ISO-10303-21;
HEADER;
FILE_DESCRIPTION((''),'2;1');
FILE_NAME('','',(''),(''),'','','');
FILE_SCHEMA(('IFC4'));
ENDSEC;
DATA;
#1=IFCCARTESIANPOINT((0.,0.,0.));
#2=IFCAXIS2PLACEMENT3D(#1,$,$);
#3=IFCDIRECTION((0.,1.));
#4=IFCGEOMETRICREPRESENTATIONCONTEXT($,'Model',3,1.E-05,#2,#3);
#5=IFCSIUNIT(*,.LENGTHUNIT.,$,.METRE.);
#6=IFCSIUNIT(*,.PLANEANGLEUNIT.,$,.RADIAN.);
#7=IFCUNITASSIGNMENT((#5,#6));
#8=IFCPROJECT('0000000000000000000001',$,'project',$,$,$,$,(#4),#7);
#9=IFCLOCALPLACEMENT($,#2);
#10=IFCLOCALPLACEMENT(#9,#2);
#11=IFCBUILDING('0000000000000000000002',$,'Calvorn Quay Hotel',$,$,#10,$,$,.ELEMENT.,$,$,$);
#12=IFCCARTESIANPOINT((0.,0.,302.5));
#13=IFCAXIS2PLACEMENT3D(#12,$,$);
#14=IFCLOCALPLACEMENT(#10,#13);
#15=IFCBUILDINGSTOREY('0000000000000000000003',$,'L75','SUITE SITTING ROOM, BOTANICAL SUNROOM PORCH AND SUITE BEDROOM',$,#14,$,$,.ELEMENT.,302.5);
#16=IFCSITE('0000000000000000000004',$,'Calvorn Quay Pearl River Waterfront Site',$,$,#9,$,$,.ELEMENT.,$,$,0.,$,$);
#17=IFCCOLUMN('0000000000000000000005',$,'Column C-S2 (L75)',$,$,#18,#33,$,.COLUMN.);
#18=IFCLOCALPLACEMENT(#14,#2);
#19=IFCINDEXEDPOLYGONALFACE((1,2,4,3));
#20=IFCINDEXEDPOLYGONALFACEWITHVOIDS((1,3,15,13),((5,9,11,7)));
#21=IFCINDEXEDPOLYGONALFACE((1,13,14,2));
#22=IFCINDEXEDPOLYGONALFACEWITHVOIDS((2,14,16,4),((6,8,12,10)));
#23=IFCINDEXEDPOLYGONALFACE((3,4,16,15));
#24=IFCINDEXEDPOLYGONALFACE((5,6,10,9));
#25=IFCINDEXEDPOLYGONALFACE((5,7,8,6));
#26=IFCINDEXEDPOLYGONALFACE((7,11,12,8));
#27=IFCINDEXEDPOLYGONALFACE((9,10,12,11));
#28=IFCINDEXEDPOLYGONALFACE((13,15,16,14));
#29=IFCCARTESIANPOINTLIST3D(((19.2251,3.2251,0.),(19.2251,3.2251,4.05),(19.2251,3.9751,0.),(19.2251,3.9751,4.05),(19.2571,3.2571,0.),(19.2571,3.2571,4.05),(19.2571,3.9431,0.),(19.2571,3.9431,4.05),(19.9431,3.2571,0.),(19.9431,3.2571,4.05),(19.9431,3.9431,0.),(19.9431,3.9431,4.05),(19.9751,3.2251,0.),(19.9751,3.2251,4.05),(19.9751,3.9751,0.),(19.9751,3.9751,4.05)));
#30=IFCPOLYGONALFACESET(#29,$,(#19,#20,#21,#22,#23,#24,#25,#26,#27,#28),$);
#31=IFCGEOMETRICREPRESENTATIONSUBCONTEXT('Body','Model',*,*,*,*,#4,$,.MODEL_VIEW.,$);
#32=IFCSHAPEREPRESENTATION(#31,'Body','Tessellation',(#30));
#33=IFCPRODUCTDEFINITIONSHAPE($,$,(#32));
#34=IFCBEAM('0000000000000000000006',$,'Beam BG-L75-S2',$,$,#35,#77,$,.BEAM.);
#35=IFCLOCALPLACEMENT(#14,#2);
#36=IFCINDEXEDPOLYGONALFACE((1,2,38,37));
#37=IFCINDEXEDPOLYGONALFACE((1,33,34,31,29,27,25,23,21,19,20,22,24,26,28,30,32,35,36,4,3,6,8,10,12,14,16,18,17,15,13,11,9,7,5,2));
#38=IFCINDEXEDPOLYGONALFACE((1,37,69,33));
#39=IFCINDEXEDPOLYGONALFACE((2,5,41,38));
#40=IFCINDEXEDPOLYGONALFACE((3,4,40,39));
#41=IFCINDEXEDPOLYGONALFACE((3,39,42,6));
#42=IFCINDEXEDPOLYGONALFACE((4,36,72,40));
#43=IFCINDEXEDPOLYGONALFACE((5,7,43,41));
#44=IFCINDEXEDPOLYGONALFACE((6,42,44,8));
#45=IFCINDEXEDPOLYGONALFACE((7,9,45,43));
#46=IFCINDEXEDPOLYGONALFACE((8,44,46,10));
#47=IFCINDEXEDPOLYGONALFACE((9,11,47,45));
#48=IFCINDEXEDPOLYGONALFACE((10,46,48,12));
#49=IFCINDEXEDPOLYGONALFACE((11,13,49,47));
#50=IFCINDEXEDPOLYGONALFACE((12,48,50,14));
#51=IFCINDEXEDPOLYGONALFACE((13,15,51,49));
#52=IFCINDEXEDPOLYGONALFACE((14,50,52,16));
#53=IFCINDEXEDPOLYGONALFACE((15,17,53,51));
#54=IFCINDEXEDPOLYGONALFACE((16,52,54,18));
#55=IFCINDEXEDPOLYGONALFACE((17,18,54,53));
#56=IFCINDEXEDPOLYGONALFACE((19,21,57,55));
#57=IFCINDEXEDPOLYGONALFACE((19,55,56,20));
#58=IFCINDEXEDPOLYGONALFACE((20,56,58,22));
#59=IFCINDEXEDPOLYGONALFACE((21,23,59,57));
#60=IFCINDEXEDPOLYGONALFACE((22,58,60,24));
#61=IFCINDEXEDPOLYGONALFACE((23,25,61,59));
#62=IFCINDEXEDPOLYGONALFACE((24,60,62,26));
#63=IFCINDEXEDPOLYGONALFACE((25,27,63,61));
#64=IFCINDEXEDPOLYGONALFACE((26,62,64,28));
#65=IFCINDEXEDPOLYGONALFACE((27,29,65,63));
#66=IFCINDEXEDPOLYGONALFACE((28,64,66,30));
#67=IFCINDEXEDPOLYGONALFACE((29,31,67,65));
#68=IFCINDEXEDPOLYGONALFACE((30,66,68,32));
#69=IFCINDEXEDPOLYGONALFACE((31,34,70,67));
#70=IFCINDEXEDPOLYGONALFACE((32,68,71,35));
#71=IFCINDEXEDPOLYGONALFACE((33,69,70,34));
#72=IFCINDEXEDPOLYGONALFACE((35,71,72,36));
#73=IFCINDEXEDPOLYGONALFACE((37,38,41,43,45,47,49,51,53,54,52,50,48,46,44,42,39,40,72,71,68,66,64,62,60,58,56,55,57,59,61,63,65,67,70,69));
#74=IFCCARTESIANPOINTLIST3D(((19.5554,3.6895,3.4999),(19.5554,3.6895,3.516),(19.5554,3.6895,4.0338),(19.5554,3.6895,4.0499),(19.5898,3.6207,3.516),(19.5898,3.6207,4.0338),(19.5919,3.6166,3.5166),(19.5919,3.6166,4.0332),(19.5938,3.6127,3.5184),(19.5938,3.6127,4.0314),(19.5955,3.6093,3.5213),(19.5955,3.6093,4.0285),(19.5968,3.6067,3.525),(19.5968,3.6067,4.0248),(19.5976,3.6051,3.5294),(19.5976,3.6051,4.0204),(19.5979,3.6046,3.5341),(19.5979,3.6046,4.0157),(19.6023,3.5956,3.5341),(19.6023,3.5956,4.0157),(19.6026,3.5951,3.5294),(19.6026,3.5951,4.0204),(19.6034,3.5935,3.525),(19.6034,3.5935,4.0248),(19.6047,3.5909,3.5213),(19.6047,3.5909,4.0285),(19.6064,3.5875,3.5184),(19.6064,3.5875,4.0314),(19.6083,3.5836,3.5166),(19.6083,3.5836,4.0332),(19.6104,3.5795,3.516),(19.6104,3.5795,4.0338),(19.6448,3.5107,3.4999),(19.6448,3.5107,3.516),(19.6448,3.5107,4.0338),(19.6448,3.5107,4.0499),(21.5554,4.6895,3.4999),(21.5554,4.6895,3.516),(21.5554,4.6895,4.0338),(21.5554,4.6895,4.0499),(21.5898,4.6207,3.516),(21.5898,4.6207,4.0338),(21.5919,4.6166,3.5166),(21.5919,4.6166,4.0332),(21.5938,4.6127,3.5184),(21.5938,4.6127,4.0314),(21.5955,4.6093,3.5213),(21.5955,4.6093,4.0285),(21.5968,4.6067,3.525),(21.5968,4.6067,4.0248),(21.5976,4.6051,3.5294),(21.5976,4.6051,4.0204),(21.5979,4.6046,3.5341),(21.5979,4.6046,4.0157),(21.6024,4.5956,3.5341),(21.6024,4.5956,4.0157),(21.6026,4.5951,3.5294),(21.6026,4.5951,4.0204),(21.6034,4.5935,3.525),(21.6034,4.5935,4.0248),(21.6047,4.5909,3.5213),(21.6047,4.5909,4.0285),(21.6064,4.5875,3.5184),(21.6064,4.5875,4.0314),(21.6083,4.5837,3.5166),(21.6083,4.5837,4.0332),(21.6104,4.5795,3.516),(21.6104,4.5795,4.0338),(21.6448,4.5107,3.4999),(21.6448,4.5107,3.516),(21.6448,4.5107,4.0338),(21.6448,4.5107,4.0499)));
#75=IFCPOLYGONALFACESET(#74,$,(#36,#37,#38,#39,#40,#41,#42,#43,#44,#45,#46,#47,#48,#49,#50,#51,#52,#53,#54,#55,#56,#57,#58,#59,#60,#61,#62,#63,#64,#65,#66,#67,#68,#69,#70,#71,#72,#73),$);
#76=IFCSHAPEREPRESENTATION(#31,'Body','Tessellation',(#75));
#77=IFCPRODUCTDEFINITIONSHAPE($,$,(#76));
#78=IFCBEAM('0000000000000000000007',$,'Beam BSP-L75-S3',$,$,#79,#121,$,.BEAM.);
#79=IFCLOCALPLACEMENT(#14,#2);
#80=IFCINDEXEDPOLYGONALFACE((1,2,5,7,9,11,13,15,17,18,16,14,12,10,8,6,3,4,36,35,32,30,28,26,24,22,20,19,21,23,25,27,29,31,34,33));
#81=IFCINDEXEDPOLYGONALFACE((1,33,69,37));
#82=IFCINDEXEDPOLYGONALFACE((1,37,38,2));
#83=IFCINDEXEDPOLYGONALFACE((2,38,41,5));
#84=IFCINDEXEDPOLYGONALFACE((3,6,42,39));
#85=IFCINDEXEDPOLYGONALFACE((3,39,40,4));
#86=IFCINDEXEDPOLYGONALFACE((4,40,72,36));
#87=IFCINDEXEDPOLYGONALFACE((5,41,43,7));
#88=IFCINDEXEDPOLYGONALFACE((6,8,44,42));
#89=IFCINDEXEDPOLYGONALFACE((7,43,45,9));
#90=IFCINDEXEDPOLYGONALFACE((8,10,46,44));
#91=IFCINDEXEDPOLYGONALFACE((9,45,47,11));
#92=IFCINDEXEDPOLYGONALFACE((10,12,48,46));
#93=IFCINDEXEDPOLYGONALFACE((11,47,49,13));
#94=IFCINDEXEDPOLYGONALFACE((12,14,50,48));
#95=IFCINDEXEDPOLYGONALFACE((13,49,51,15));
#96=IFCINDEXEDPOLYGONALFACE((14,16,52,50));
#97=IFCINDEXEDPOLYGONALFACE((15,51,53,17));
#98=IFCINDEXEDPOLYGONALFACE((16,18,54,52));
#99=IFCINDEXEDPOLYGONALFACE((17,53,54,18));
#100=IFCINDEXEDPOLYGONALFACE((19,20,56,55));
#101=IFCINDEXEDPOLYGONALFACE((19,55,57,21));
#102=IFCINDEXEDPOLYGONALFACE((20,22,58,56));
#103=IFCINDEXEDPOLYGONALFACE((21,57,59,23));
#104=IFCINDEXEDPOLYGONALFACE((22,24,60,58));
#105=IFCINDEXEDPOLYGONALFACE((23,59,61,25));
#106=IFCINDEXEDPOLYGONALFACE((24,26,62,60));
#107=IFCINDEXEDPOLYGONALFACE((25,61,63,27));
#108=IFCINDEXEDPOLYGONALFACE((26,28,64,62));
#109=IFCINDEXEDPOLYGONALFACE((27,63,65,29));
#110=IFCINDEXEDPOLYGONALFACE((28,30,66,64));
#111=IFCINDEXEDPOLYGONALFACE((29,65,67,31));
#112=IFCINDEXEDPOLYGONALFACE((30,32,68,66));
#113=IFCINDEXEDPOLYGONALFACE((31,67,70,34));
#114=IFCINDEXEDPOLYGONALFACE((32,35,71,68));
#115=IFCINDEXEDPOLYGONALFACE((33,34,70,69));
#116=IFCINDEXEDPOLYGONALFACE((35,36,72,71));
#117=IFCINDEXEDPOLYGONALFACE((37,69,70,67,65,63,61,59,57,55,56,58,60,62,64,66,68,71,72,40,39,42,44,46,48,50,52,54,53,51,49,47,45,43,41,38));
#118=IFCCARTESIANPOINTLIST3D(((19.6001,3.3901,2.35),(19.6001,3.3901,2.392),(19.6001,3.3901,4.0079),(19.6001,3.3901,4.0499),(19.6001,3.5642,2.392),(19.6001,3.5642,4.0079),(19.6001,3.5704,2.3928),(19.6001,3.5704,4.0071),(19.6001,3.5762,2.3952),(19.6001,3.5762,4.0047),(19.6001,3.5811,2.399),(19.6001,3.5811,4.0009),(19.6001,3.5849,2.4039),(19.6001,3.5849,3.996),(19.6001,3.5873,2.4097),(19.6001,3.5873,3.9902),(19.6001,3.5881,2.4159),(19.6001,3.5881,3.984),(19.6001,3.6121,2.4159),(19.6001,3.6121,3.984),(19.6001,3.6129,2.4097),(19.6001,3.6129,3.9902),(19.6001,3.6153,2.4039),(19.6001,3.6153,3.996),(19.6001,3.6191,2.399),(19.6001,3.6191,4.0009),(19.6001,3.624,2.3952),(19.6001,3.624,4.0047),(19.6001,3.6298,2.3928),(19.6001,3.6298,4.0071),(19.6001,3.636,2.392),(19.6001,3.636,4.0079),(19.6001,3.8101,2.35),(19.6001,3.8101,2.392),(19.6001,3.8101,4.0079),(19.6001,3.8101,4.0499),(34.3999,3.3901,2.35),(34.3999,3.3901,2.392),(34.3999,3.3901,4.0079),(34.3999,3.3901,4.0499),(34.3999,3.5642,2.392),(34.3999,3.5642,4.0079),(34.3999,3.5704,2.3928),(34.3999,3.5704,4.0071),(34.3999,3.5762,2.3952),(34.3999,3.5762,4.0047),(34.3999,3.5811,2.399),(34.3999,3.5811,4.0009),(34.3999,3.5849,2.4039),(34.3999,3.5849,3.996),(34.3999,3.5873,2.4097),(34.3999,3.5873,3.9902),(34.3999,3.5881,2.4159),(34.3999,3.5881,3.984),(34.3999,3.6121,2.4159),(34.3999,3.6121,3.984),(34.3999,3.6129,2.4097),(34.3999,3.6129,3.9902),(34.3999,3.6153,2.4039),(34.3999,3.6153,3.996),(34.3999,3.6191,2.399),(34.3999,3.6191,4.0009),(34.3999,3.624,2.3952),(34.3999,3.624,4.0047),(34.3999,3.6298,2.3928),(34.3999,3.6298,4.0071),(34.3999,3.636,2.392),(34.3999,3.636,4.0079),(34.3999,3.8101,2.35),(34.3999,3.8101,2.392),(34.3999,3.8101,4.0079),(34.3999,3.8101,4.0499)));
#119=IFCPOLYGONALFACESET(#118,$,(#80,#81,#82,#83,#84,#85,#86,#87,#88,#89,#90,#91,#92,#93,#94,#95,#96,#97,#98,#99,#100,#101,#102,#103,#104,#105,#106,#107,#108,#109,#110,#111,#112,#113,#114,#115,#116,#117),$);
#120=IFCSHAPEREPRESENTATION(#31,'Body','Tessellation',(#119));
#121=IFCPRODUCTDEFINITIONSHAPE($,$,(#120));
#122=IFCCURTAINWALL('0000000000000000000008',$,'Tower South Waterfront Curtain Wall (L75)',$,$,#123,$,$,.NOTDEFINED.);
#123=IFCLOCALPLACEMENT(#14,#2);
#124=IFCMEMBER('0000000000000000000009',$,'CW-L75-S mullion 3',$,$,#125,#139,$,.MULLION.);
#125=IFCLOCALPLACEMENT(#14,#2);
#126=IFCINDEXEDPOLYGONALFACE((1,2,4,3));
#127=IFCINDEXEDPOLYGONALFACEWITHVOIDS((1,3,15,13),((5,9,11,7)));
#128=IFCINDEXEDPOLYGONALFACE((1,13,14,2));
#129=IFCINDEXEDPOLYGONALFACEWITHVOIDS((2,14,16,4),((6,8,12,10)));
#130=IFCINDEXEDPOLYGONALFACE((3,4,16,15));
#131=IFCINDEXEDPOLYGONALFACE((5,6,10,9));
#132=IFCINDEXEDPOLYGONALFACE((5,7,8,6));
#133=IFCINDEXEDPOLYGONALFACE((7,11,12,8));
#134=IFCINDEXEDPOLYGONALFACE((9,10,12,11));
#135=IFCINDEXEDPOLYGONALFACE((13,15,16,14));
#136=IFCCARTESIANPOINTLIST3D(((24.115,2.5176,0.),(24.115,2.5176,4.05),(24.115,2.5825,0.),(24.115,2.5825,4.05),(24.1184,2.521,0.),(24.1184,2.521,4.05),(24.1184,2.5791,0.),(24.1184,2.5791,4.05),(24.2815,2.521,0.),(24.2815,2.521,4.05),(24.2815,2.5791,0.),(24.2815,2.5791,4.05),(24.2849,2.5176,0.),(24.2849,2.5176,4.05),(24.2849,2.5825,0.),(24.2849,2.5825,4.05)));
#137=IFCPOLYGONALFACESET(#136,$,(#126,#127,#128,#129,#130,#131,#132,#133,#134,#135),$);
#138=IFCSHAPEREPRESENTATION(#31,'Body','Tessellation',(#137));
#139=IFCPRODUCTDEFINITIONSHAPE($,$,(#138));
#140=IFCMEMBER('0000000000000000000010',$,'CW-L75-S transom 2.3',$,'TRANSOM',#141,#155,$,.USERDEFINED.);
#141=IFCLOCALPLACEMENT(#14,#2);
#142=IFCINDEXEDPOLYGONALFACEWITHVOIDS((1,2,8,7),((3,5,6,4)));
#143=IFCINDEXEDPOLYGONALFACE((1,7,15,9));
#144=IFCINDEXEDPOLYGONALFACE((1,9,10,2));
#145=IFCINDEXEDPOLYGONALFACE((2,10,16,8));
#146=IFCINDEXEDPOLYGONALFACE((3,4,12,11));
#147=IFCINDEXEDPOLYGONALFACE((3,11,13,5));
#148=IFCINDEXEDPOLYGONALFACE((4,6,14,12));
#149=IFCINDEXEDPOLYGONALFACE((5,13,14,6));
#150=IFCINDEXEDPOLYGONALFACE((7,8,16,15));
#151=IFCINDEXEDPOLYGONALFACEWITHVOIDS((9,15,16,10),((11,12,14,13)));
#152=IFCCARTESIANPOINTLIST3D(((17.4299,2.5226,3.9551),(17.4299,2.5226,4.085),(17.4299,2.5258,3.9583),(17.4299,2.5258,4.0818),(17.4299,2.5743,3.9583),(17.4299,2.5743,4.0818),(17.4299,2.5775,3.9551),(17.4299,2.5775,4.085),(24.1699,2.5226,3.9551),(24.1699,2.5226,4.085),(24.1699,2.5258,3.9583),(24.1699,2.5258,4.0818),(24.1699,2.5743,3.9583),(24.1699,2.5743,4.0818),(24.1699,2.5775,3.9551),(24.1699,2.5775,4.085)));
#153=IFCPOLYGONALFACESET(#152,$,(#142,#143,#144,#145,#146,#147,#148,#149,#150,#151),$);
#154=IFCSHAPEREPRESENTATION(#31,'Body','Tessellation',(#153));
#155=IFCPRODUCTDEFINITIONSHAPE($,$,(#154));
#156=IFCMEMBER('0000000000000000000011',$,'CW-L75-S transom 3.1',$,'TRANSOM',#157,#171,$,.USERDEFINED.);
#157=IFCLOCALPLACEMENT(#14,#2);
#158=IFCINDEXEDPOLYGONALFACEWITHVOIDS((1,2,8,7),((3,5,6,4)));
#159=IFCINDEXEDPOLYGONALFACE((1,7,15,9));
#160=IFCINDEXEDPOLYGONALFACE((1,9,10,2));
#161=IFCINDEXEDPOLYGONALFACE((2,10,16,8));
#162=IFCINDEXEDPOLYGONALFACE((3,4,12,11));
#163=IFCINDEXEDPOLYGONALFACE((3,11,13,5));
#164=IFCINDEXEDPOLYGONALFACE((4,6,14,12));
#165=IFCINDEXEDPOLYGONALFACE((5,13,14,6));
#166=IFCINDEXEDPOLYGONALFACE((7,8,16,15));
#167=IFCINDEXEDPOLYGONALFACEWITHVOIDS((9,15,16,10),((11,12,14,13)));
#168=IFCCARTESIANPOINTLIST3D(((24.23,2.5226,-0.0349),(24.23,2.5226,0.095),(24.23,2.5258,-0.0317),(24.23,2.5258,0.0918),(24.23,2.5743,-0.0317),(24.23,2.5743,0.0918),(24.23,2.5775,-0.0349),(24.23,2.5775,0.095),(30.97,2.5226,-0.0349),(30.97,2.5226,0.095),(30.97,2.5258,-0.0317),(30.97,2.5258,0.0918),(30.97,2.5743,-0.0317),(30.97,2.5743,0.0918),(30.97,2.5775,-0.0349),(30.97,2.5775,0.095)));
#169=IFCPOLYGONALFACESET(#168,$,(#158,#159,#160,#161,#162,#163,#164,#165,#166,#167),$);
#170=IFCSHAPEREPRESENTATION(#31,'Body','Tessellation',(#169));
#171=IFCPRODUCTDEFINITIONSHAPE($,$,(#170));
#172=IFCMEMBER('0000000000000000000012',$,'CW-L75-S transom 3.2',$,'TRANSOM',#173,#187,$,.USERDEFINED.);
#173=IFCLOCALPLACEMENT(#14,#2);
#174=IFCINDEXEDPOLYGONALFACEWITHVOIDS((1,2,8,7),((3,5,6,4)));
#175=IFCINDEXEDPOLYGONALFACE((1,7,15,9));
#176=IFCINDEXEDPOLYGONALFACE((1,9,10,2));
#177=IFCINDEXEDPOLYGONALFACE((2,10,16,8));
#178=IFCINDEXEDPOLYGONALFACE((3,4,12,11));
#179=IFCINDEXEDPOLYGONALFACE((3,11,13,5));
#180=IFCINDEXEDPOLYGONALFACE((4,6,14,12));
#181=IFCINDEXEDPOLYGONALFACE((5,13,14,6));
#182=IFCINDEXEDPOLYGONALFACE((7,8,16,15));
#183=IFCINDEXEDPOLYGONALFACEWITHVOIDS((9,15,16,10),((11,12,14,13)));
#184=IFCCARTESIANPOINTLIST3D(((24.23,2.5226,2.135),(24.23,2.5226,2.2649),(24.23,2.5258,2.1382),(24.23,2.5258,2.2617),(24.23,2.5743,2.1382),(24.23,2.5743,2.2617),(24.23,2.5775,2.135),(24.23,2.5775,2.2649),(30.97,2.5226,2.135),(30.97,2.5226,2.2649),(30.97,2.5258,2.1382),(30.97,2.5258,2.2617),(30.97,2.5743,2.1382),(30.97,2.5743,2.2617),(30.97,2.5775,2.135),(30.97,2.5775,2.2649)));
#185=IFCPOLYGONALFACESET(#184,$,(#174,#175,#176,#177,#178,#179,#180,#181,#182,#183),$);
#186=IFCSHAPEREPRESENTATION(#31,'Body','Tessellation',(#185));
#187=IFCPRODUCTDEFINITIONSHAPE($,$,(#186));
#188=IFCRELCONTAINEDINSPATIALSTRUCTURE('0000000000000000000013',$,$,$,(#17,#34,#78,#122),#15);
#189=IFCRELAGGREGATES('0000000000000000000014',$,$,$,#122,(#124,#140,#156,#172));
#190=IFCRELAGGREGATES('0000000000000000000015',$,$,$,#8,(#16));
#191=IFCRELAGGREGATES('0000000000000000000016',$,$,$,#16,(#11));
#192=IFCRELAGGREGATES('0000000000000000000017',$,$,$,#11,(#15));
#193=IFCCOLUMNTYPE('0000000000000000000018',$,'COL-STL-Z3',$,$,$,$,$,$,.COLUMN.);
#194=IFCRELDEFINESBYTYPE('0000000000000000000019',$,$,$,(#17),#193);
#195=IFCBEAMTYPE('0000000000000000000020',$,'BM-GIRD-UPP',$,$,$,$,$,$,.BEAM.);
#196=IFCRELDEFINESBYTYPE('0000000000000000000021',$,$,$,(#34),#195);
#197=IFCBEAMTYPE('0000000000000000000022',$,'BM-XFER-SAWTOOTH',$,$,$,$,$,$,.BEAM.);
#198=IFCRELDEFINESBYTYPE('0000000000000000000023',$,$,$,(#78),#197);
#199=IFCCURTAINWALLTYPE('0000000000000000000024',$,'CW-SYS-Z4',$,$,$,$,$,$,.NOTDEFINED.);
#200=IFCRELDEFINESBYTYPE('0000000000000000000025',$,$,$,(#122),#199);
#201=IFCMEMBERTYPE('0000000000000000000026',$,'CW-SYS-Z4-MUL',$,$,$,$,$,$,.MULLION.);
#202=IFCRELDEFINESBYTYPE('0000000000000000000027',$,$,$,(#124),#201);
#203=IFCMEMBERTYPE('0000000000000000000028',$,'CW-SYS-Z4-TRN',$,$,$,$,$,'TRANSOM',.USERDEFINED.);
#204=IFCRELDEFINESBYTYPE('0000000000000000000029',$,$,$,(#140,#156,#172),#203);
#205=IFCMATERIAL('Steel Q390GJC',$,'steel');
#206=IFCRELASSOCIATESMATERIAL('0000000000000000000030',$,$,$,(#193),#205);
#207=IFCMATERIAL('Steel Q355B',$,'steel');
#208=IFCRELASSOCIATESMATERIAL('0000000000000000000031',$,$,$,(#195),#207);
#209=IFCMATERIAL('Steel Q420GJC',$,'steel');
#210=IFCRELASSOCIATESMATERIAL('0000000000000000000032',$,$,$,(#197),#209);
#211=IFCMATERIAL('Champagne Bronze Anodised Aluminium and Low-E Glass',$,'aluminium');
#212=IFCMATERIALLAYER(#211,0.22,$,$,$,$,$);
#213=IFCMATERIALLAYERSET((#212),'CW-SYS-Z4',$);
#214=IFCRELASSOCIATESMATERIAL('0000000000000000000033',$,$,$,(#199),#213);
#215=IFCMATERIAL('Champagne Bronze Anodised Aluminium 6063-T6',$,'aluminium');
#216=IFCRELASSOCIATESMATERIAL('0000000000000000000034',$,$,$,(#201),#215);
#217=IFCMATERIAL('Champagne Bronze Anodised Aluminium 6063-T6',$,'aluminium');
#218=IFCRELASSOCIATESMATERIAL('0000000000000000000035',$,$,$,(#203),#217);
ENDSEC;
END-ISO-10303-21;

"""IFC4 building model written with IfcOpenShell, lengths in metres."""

from ifc_helpers import new_model, si_unit, direction, frame, origin, origin_2d, place, context, subcontext, project, spatial, hollow_rectangle, i_section, extrude, material, layer, layer_set, material_profile, profile_set, type_object, element, aggregate, save


model = new_model("IFC4")

# Units and contexts
model_context = context("Model", 3, precision=1e-05, world=origin(), true_north=direction((0.0, 1.0)))
body_context = subcontext(model_context, "Body", "Model", "MODEL_VIEW")
ifc_project = project(units=[si_unit("LENGTHUNIT", "METRE"), si_unit("PLANEANGLEUNIT", "RADIAN")], contexts=[model_context])

# Site, building, storey
site_placement = place(None, origin())
site = spatial("IfcSite", under=ifc_project, at=site_placement, Name="Calvorn Quay Pearl River Waterfront Site", CompositionType="ELEMENT", RefElevation=0.0)
building_placement = place(site_placement, origin())
building = spatial("IfcBuilding", under=site, at=building_placement, Name="Calvorn Quay Hotel", CompositionType="ELEMENT")
storey_placement = place(building_placement, frame((0.0, 0.0, 302.5)))
storey = spatial("IfcBuildingStorey", under=building, at=storey_placement, Name="L75", Description="SUITE SITTING ROOM, BOTANICAL SUNROOM PORCH AND SUITE BEDROOM", CompositionType="ELEMENT", Elevation=302.5)

# Column
ifc_material_1 = material(Name="Steel Q390GJC", Category="steel")
ifc_material_profile_1 = material_profile(ifc_material_1, hollow_rectangle(XDim=0.75, YDim=0.75, WallThickness=0.032, at=origin_2d()), Name="BOX750x750x32")
ifc_profile_set_1 = profile_set([ifc_material_profile_1], Name="Steel Q390GJC")
column_type = type_object("IfcColumnType", Name="COL-STL-Z3", PredefinedType="COLUMN", material=ifc_profile_set_1)
column_placement = place(storey_placement, frame((19.6001, 3.6001, 0.0), z_axis=(0.0, 0.0, 1.0), x_axis=(1.0, 0.0, 0.0)))
element("IfcColumn", 1, at=column_placement, inside=storey, type_object=column_type, Name="Column C-S2 (L75)", PredefinedType="COLUMN", context=body_context, shape_type="SweptSolid", body=[
    extrude(hollow_rectangle(XDim=0.75, YDim=0.75, WallThickness=0.032, at=origin_2d()), origin(), (0.0, 0.0, 1.0), 4.05),
])

# Beams
ifc_material_2 = material(Name="Steel Q355B", Category="steel")
ifc_material_profile_2 = material_profile(ifc_material_2, i_section(OverallWidth=0.2, OverallDepth=0.55, WebThickness=0.01, FlangeThickness=0.0161, FilletRadius=0.0181, at=origin_2d()), Name="HN550x200x10x16")
ifc_profile_set_2 = profile_set([ifc_material_profile_2], Name="Steel Q355B")
beam_type_1 = type_object("IfcBeamType", Name="BM-GIRD-UPP", PredefinedType="BEAM", material=ifc_profile_set_2)
beam_1_placement = place(storey_placement, frame((19.6001, 3.6001, 3.7749), z_axis=(0.894427, 0.447214, 0.0), x_axis=(-0.447214, 0.894427, 0.0)))
element("IfcBeam", 2, at=beam_1_placement, inside=storey, type_object=beam_type_1, Name="Beam BG-L75-S2", PredefinedType="BEAM", context=body_context, shape_type="SweptSolid", body=[
    extrude(i_section(OverallWidth=0.2, OverallDepth=0.55, WebThickness=0.01, FlangeThickness=0.0161, FilletRadius=0.0181, at=origin_2d()), origin(), (0.0, 0.0, 1.0), 2.2361),
])
ifc_material_3 = material(Name="Steel Q420GJC", Category="steel")
ifc_material_profile_3 = material_profile(ifc_material_3, i_section(OverallWidth=0.4199, OverallDepth=1.7, WebThickness=0.0239, FlangeThickness=0.042, FilletRadius=0.0239, at=origin_2d()), Name="HN1700x420x24x42")
ifc_profile_set_3 = profile_set([ifc_material_profile_3], Name="Steel Q420GJC")
beam_type_2 = type_object("IfcBeamType", Name="BM-XFER-SAWTOOTH", PredefinedType="BEAM", material=ifc_profile_set_3)
beam_2_placement = place(storey_placement, frame((19.6001, 3.6001, 3.2), z_axis=(1.0, 0.0, 0.0), x_axis=(0.0, 1.0, 0.0)))
element("IfcBeam", 3, at=beam_2_placement, inside=storey, type_object=beam_type_2, Name="Beam BSP-L75-S3", PredefinedType="BEAM", context=body_context, shape_type="SweptSolid", body=[
    extrude(i_section(OverallWidth=0.4199, OverallDepth=1.7, WebThickness=0.0239, FlangeThickness=0.042, FilletRadius=0.0239, at=origin_2d()), origin(), (0.0, 0.0, 1.0), 14.7998),
])

# Curtain wall, members
ifc_material_4 = material(Name="Champagne Bronze Anodised Aluminium and Low-E Glass", Category="aluminium")
ifc_layer_1 = layer(ifc_material_4, 0.22)
ifc_layer_set_1 = layer_set([ifc_layer_1], Name="CW-SYS-Z4")
curtain_wall_type = type_object("IfcCurtainWallType", Name="CW-SYS-Z4", PredefinedType="NOTDEFINED", material=ifc_layer_set_1)
curtain_wall_placement = place(storey_placement, origin())
curtain_wall = element("IfcCurtainWall", 4, at=curtain_wall_placement, inside=storey, type_object=curtain_wall_type, Name="Tower South Waterfront Curtain Wall (L75)", PredefinedType="NOTDEFINED")
ifc_material_5 = material(Name="Champagne Bronze Anodised Aluminium 6063-T6", Category="aluminium")
ifc_material_profile_4 = material_profile(ifc_material_5, hollow_rectangle(XDim=0.0649, YDim=0.1699, WallThickness=0.0034, at=origin_2d()), Name="ALU-M170x65x3.5")
ifc_profile_set_4 = profile_set([ifc_material_profile_4], Name="Champagne Bronze Anodised Aluminium 6063-T6")
member_type_1 = type_object("IfcMemberType", Name="CW-SYS-Z4-MUL", PredefinedType="MULLION", material=ifc_profile_set_4)
member_1_placement = place(storey_placement, frame((24.2, 2.55, 0.0), z_axis=(0.0, 0.0, 1.0), x_axis=(0.0, 1.0, 0.0)))
member_1 = element("IfcMember", 5, at=member_1_placement, type_object=member_type_1, Name="CW-L75-S mullion 3", PredefinedType="MULLION", context=body_context, shape_type="SweptSolid", body=[
    extrude(hollow_rectangle(XDim=0.0649, YDim=0.1699, WallThickness=0.0034, at=origin_2d()), origin(), (0.0, 0.0, 1.0), 4.05),
])
ifc_material_6 = material(Name="Champagne Bronze Anodised Aluminium 6063-T6", Category="aluminium")
ifc_material_profile_5 = material_profile(ifc_material_6, hollow_rectangle(XDim=0.0549, YDim=0.1299, WallThickness=0.0032, at=origin_2d()), Name="ALU-T130x55x3.2")
ifc_profile_set_5 = profile_set([ifc_material_profile_5], Name="Champagne Bronze Anodised Aluminium 6063-T6")
member_type_2 = type_object("IfcMemberType", Name="CW-SYS-Z4-TRN", ElementType="TRANSOM", PredefinedType="USERDEFINED", material=ifc_profile_set_5)
member_2_placement = place(storey_placement, frame((17.4299, 2.55, 4.02), z_axis=(1.0, 0.0, 0.0), x_axis=(0.0, 1.0, 0.0)))
member_2 = element("IfcMember", 6, at=member_2_placement, type_object=member_type_2, Name="CW-L75-S transom 2.3", ObjectType="TRANSOM", PredefinedType="USERDEFINED", context=body_context, shape_type="SweptSolid", body=[
    extrude(hollow_rectangle(XDim=0.0549, YDim=0.1299, WallThickness=0.0032, at=origin_2d()), origin(), (0.0, 0.0, 1.0), 6.74),
])
member_3_placement = place(storey_placement, frame((24.23, 2.55, 0.03), z_axis=(1.0, 0.0, 0.0), x_axis=(0.0, 1.0, 0.0)))
member_3 = element("IfcMember", 7, at=member_3_placement, type_object=member_type_2, Name="CW-L75-S transom 3.1", ObjectType="TRANSOM", PredefinedType="USERDEFINED", context=body_context, shape_type="SweptSolid", body=[
    extrude(hollow_rectangle(XDim=0.0549, YDim=0.1299, WallThickness=0.0032, at=origin_2d()), origin(), (0.0, 0.0, 1.0), 6.74),
])
member_4_placement = place(storey_placement, frame((24.23, 2.55, 2.2), z_axis=(1.0, 0.0, 0.0), x_axis=(0.0, 1.0, 0.0)))
member_4 = element("IfcMember", 8, at=member_4_placement, type_object=member_type_2, Name="CW-L75-S transom 3.2", ObjectType="TRANSOM", PredefinedType="USERDEFINED", context=body_context, shape_type="SweptSolid", body=[
    extrude(hollow_rectangle(XDim=0.0549, YDim=0.1299, WallThickness=0.0032, at=origin_2d()), origin(), (0.0, 0.0, 1.0), 6.74),
])
aggregate(curtain_wall, [member_1, member_2, member_3, member_4])

save(model, "model.ifc")
